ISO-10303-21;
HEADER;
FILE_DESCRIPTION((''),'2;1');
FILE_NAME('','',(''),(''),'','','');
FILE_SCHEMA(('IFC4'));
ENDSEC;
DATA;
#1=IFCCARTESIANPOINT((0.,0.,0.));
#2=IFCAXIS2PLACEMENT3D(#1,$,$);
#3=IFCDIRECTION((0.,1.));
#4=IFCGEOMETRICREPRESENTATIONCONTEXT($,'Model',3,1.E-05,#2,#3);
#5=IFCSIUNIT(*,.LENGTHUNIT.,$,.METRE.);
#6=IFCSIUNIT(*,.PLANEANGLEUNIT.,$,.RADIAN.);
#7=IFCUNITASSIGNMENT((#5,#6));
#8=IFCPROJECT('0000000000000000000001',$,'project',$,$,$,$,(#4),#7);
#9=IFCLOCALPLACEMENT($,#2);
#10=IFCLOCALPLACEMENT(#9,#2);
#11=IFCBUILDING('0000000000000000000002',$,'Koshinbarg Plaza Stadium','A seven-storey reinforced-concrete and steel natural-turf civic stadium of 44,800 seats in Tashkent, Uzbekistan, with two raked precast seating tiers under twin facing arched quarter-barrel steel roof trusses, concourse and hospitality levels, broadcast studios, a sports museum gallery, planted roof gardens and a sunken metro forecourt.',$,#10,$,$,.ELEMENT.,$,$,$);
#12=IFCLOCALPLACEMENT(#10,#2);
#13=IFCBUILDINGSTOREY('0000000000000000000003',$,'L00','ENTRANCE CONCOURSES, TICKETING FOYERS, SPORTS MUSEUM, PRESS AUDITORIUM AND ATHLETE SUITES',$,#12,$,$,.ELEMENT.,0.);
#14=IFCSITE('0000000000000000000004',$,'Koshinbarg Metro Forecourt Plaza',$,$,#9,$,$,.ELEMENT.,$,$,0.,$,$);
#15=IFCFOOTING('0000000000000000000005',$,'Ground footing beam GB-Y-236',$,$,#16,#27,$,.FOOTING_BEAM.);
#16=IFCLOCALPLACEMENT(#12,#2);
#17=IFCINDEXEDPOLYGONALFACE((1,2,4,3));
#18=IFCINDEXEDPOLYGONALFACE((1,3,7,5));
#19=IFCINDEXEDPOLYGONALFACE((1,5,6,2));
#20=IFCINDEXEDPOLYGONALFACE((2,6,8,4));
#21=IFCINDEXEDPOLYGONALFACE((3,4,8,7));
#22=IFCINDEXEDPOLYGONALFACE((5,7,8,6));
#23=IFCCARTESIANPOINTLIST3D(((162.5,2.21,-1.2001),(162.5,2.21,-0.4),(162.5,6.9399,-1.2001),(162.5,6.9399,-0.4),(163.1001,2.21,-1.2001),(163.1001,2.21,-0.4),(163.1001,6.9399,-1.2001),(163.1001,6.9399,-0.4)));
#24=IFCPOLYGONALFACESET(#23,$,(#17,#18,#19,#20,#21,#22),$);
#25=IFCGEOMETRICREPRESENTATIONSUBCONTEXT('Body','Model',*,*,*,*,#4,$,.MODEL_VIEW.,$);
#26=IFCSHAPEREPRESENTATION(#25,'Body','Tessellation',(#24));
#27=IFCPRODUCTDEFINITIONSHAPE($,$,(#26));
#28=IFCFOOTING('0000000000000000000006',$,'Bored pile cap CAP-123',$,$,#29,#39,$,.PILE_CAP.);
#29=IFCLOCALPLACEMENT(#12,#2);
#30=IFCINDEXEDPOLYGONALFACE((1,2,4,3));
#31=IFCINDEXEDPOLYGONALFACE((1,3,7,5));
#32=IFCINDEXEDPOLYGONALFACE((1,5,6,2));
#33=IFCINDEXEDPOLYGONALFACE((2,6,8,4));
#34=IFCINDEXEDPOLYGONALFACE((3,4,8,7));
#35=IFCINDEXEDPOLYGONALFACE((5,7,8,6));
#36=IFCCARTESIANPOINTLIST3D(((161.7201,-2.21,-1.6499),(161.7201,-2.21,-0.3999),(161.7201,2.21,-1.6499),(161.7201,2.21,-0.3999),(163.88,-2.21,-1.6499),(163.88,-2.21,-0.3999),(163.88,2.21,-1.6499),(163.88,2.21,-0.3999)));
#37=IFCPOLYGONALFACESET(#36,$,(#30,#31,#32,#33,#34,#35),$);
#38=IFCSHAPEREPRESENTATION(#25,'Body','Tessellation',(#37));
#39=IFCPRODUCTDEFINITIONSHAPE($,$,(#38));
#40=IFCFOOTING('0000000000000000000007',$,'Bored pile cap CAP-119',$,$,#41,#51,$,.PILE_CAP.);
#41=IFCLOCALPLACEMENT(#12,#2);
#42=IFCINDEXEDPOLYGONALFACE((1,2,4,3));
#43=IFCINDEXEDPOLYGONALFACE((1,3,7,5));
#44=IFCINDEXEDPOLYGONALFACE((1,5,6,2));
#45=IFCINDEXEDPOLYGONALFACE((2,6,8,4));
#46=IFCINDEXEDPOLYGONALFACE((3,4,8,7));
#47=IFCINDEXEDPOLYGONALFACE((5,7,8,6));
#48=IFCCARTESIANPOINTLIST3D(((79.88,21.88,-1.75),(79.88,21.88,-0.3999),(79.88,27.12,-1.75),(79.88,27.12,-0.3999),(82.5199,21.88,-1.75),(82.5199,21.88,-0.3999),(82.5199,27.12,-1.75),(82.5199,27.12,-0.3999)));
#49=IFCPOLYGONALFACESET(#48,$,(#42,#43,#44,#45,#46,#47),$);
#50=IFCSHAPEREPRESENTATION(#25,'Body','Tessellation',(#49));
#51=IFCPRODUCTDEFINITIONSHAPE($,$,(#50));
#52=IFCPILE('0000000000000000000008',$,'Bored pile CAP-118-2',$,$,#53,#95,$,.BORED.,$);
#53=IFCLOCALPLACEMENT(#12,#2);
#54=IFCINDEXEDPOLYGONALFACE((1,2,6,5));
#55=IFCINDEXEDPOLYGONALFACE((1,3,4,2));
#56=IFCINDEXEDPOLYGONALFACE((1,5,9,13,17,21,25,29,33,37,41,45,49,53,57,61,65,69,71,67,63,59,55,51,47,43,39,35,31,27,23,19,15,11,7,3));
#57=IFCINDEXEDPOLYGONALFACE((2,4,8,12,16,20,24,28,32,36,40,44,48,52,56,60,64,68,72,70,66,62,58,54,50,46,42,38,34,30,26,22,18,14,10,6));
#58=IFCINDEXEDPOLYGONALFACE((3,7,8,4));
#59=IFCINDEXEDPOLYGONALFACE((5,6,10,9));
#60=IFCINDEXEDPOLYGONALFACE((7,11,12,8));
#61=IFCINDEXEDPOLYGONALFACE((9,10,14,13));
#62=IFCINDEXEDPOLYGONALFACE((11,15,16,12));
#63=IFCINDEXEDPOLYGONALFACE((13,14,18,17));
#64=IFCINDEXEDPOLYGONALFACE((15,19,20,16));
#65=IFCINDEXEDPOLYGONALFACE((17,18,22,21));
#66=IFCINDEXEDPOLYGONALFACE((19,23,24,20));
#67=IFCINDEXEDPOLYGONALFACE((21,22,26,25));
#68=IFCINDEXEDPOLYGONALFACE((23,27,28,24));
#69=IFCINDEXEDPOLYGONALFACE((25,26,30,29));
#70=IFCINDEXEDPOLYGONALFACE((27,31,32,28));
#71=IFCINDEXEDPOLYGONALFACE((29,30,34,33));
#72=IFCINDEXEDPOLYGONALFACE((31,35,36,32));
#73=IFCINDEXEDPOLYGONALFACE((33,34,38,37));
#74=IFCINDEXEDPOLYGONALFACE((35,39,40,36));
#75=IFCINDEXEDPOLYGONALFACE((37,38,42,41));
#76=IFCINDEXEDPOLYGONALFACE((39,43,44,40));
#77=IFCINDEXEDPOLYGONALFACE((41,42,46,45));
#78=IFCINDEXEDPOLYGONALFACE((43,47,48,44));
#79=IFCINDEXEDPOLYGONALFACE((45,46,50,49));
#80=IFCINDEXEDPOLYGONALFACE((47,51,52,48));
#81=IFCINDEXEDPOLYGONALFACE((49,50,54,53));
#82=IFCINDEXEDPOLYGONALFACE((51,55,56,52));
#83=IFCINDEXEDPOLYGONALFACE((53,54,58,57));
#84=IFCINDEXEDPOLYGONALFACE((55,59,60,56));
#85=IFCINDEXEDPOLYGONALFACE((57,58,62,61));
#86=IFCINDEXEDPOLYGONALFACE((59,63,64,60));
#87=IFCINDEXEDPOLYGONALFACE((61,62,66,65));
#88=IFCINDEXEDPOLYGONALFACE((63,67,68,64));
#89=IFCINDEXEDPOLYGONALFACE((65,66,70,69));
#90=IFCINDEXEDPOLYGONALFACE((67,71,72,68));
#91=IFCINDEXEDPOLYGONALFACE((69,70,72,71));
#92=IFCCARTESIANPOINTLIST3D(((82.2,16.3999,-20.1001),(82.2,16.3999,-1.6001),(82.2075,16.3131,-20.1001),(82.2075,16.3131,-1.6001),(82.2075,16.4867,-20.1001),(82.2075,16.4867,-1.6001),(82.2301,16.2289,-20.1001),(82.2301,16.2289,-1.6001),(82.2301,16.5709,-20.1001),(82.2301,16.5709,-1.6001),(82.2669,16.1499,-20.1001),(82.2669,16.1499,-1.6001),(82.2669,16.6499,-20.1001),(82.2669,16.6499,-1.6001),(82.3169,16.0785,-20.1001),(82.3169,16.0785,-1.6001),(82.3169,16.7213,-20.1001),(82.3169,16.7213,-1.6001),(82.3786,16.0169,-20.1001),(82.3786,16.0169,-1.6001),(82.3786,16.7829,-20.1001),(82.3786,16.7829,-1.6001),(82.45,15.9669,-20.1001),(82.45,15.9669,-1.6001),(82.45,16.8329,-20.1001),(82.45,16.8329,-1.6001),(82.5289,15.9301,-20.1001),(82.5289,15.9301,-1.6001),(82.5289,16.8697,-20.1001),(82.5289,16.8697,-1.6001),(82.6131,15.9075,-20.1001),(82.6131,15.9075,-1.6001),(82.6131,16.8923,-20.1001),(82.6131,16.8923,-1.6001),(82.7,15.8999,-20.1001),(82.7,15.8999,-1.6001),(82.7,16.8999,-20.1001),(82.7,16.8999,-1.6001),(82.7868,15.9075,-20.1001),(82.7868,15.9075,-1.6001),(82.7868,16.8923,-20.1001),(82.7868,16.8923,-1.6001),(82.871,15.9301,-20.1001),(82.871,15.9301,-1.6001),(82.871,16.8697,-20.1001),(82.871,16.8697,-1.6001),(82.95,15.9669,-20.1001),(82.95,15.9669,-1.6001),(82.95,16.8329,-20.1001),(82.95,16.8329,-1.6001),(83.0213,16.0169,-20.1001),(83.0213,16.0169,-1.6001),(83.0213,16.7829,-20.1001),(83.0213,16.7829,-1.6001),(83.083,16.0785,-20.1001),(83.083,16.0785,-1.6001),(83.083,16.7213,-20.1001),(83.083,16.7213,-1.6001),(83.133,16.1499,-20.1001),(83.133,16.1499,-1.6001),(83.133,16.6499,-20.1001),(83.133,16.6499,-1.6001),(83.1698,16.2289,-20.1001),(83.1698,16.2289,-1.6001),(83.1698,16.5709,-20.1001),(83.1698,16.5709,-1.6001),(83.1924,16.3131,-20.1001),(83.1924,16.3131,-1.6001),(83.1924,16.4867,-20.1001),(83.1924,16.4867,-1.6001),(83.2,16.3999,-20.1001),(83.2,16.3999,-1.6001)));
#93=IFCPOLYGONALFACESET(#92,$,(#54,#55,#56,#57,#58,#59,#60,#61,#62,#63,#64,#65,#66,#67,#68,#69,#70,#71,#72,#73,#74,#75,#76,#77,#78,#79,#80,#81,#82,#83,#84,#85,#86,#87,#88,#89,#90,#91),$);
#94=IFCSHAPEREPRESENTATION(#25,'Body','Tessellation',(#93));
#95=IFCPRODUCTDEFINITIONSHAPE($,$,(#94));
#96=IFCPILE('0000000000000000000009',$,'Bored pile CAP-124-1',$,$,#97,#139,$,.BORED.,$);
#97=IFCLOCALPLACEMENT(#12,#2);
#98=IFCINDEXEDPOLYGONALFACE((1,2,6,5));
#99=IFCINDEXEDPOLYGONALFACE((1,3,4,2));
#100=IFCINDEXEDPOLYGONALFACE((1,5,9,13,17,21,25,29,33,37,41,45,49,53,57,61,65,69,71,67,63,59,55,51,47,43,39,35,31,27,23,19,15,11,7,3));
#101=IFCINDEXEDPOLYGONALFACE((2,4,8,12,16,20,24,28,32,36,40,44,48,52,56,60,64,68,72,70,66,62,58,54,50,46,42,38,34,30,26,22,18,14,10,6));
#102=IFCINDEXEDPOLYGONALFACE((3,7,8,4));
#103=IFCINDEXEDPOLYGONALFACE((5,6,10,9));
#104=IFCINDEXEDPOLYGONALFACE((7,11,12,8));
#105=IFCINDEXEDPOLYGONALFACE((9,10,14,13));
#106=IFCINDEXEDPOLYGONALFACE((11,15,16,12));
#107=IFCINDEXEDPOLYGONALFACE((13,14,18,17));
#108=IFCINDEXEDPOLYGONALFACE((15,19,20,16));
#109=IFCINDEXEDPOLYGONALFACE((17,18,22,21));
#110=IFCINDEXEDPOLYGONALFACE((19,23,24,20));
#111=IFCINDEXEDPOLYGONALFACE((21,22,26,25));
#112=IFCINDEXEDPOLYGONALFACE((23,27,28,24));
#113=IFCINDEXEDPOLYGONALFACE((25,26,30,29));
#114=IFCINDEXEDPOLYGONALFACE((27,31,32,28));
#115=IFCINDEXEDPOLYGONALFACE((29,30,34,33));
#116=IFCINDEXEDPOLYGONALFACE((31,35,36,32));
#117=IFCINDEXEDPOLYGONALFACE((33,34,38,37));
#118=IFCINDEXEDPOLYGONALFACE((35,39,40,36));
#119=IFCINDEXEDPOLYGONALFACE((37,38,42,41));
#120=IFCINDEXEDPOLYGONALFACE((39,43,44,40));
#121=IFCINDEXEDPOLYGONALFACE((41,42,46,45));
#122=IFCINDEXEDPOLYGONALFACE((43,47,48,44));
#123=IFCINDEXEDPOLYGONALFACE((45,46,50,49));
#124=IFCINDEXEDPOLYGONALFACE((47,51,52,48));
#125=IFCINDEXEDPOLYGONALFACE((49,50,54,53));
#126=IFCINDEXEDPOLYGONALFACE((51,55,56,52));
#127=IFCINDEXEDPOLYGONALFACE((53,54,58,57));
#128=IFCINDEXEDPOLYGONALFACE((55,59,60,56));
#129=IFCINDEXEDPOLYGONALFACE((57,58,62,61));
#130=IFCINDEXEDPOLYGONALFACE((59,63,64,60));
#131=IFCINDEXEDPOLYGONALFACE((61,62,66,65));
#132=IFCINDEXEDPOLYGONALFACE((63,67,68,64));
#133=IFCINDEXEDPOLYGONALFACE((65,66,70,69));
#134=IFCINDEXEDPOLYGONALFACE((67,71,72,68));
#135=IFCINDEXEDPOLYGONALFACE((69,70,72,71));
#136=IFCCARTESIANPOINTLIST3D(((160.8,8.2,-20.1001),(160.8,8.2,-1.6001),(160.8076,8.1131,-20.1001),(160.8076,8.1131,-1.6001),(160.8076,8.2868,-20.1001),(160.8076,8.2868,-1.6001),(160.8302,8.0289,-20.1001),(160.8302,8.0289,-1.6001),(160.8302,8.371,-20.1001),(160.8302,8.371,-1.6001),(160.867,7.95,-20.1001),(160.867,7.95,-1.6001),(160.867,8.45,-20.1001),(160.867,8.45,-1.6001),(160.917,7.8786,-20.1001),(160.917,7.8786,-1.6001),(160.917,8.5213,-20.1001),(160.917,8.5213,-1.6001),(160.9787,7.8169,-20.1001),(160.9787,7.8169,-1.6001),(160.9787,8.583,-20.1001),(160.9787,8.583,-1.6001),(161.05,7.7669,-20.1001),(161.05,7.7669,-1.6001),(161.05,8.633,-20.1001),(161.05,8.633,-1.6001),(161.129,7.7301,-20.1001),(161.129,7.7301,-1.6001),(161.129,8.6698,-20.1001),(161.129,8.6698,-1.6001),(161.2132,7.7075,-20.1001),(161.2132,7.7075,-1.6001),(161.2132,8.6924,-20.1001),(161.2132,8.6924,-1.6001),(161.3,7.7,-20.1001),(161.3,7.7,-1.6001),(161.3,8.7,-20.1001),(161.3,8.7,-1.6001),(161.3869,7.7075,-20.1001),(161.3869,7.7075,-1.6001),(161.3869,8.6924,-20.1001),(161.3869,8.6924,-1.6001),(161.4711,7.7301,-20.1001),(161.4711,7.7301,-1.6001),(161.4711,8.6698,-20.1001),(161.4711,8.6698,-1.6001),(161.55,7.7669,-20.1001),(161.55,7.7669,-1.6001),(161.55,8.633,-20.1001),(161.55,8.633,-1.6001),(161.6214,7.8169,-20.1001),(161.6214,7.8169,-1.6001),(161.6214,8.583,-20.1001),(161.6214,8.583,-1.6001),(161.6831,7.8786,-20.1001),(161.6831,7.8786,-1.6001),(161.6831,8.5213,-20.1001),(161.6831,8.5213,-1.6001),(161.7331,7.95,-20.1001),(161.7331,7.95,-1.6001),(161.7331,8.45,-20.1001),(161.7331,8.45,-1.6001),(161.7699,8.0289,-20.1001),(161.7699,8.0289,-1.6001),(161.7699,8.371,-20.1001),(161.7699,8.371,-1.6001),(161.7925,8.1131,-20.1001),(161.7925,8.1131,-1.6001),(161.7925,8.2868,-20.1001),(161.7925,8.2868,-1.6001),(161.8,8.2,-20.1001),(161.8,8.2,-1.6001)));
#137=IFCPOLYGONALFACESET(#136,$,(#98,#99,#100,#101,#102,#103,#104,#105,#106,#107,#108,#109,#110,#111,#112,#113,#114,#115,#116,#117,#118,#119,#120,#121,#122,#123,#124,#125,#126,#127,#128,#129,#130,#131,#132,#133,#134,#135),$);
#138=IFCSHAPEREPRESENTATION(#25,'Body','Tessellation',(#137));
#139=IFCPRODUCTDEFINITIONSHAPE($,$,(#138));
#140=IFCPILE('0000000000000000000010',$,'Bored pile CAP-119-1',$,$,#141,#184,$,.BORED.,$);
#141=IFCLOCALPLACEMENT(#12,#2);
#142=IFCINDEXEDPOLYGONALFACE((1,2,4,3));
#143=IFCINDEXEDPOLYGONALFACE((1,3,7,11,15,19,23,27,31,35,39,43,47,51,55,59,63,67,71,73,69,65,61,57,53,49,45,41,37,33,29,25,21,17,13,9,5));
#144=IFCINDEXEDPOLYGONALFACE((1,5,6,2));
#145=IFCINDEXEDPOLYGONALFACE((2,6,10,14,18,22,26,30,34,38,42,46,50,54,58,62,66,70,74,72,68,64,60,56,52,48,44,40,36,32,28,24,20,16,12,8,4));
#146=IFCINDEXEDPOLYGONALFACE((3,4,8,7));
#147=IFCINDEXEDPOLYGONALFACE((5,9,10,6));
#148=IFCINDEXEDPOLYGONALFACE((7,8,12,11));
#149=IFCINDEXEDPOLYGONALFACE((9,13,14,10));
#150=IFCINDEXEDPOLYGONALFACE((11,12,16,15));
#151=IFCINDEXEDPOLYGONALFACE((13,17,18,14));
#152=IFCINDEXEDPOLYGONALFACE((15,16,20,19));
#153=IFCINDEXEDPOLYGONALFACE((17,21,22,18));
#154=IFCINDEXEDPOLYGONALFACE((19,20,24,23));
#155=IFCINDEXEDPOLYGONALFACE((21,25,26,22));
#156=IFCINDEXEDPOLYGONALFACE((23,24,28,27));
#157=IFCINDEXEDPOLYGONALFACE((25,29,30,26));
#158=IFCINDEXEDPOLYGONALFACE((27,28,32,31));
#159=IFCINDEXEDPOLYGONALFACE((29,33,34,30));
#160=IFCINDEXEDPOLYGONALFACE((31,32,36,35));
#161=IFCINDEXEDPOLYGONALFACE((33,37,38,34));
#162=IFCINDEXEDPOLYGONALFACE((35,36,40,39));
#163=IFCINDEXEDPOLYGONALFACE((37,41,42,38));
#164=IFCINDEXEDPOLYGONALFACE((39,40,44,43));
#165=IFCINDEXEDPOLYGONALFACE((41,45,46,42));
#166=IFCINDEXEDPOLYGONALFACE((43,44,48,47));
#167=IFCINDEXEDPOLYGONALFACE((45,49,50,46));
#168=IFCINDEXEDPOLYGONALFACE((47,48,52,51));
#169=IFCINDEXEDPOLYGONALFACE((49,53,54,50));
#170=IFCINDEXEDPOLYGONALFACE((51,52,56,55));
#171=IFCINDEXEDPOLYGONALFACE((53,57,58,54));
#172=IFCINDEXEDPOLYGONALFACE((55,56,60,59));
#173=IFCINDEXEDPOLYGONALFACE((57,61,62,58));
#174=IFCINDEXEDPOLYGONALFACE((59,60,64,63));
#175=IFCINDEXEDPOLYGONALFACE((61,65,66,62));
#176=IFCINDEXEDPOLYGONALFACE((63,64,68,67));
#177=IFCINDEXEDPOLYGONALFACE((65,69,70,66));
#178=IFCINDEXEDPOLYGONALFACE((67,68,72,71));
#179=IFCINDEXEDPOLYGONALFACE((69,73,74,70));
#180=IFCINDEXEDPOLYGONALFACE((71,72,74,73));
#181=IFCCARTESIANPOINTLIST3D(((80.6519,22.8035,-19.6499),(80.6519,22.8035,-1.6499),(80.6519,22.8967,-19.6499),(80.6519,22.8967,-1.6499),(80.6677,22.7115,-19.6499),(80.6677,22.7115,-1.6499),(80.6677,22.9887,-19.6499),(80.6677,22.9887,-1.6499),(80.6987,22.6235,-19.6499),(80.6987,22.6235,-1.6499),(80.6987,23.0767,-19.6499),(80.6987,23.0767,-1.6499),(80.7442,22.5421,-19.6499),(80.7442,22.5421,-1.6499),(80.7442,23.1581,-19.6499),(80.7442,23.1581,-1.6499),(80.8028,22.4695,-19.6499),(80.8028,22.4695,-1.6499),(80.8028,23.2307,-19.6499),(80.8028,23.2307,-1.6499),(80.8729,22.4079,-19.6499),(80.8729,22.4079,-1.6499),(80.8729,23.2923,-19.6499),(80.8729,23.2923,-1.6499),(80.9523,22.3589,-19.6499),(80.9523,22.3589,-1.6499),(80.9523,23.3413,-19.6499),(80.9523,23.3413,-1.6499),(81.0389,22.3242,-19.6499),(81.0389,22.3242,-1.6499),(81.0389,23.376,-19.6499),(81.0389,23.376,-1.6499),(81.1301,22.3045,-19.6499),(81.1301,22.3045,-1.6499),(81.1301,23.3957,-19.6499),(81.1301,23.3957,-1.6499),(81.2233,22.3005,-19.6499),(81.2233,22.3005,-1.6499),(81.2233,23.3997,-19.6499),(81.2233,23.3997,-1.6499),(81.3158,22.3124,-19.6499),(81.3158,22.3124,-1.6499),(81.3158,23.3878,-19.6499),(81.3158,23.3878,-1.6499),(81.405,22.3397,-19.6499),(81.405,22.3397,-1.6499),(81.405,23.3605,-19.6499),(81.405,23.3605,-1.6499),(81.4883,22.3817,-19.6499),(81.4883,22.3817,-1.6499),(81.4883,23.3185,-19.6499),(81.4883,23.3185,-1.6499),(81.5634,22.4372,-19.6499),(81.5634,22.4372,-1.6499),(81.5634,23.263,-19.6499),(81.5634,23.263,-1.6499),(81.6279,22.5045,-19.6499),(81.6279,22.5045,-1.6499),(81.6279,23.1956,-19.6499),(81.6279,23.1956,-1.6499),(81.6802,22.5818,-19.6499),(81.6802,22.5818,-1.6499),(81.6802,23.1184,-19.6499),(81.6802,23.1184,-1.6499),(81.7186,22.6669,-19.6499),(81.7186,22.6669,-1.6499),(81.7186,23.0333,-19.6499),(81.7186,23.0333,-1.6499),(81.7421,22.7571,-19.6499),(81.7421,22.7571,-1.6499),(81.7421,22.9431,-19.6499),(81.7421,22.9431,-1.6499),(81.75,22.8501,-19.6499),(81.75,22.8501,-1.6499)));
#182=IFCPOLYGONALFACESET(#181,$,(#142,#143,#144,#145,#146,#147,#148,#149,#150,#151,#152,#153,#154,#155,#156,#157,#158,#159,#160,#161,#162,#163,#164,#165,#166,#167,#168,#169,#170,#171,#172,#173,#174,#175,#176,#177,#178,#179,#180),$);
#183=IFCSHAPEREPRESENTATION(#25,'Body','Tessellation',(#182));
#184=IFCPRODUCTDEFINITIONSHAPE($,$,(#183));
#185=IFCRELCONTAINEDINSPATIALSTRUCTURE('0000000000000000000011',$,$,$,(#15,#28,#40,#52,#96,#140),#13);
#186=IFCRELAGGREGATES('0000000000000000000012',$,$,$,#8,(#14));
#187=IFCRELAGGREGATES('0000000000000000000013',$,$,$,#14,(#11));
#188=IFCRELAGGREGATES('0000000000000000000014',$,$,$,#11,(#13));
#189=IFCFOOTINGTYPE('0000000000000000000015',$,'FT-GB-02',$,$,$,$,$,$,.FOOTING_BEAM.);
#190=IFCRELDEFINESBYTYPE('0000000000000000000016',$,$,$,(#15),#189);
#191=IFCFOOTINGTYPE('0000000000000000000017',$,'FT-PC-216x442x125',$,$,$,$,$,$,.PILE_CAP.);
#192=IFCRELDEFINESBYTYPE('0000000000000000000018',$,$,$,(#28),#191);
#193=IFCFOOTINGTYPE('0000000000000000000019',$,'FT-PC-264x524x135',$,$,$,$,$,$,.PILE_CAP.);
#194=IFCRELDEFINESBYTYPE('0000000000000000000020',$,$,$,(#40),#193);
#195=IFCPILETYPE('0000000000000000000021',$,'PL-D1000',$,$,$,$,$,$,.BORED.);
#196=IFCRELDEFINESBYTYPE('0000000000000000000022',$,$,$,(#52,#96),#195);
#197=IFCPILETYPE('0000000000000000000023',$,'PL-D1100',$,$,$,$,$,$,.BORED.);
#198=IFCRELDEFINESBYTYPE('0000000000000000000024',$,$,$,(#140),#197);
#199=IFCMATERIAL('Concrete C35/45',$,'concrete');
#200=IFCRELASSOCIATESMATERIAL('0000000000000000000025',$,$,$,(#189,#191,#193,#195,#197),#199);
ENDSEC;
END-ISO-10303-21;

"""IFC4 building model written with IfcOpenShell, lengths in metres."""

from ifc_helpers import new_model, si_unit, direction, frame, origin, origin_2d, place, context, subcontext, project, spatial, rectangle, circle, extrude, material, material_profile, profile_set, type_object, element, save


model = new_model("IFC4")

# Units and contexts
model_context = context("Model", 3, precision=1e-05, world=origin(), true_north=direction((0.0, 1.0)))
body_context = subcontext(model_context, "Body", "Model", "MODEL_VIEW")
ifc_project = project(units=[si_unit("LENGTHUNIT", "METRE"), si_unit("PLANEANGLEUNIT", "RADIAN")], contexts=[model_context])

# Site, building, storey
site_placement = place(None, origin())
site = spatial("IfcSite", under=ifc_project, at=site_placement, Name="Koshinbarg Metro Forecourt Plaza", CompositionType="ELEMENT", RefElevation=0.0)
building_placement = place(site_placement, origin())
building = spatial("IfcBuilding", under=site, at=building_placement, Name="Koshinbarg Plaza Stadium", Description="A seven-storey reinforced-concrete and steel natural-turf civic stadium of 44,800 seats in Tashkent, Uzbekistan, with two raked precast seating tiers under twin facing arched quarter-barrel steel roof trusses, concourse and hospitality levels, broadcast studios, a sports museum gallery, planted roof gardens and a sunken metro forecourt.", CompositionType="ELEMENT")
storey_placement = place(building_placement, origin())
storey = spatial("IfcBuildingStorey", under=building, at=storey_placement, Name="L00", Description="ENTRANCE CONCOURSES, TICKETING FOYERS, SPORTS MUSEUM, PRESS AUDITORIUM AND ATHLETE SUITES", CompositionType="ELEMENT", Elevation=0.0)

# Footings
ifc_material_1 = material(Name="Concrete C35/45", Category="concrete")
ifc_material_profile_1 = material_profile(ifc_material_1, rectangle(XDim=0.6001, YDim=0.8, at=origin_2d()), Name="GB 600x800")
ifc_profile_set_1 = profile_set([ifc_material_profile_1], Name="Concrete C35/45")
footing_type_1 = type_object("IfcFootingType", Name="FT-GB-02", PredefinedType="FOOTING_BEAM", material=ifc_profile_set_1)
footing_1_placement = place(storey_placement, frame((162.8, 2.21, -0.8), z_axis=(0.0, 1.0, 0.0), x_axis=(-1.0, 0.0, 0.0)))
element("IfcFooting", 1, at=footing_1_placement, inside=storey, type_object=footing_type_1, Name="Ground footing beam GB-Y-236", PredefinedType="FOOTING_BEAM", context=body_context, shape_type="SweptSolid", body=[
    extrude(rectangle(XDim=0.6001, YDim=0.8, at=origin_2d()), origin(), (0.0, 0.0, 1.0), 4.73),
])
footing_type_2 = type_object("IfcFootingType", Name="FT-PC-216x442x125", PredefinedType="PILE_CAP", material=ifc_material_1)
footing_2_placement = place(storey_placement, frame((162.8, 0.0, -1.6499), z_axis=(0.0, 0.0, 1.0), x_axis=(1.0, 0.0, 0.0)))
element("IfcFooting", 2, at=footing_2_placement, inside=storey, type_object=footing_type_2, Name="Bored pile cap CAP-123", PredefinedType="PILE_CAP", context=body_context, shape_type="SweptSolid", body=[
    extrude(rectangle(XDim=2.1599, YDim=4.4199, at=origin_2d()), origin(), (0.0, 0.0, 1.0), 1.25),
])
footing_type_3 = type_object("IfcFootingType", Name="FT-PC-264x524x135", PredefinedType="PILE_CAP", material=ifc_material_1)
footing_3_placement = place(storey_placement, frame((81.2, 24.5, -1.75), z_axis=(0.0, 0.0, 1.0), x_axis=(1.0, 0.0, 0.0)))
element("IfcFooting", 3, at=footing_3_placement, inside=storey, type_object=footing_type_3, Name="Bored pile cap CAP-119", PredefinedType="PILE_CAP", context=body_context, shape_type="SweptSolid", body=[
    extrude(rectangle(XDim=2.6399, YDim=5.24, at=origin_2d()), origin(), (0.0, 0.0, 1.0), 1.3501),
])

# Piles
ifc_material_profile_2 = material_profile(ifc_material_1, circle(Radius=0.5, at=origin_2d()), Name="PILE D1000")
ifc_profile_set_2 = profile_set([ifc_material_profile_2], Name="Concrete C35/45")
pile_type_1 = type_object("IfcPileType", Name="PL-D1000", PredefinedType="BORED", material=ifc_profile_set_2)
for number, where, z_axis, x_axis, name in (
    (4, (82.7, 16.3999, -1.6001), (0.0, 0.0, -1.0), (1.0, 0.0, 0.0), "Bored pile CAP-118-2"),
    (5, (161.3, 8.2, -1.6001), (0.0, 0.0, -1.0), (1.0, 0.0, 0.0), "Bored pile CAP-124-1"),
):
    element("IfcPile", number, at=place(storey_placement, frame(where, z_axis=z_axis, x_axis=x_axis)), inside=storey, type_object=pile_type_1, Name=name, PredefinedType="BORED", context=body_context, shape_type="SweptSolid", body=[
        extrude(circle(Radius=0.5, at=origin_2d()), origin(), (0.0, 0.0, 1.0), 18.5),
    ])
ifc_material_profile_3 = material_profile(ifc_material_1, circle(Radius=0.55, at=origin_2d()), Name="PILE D1100")
ifc_profile_set_3 = profile_set([ifc_material_profile_3], Name="Concrete C35/45")
pile_type_2 = type_object("IfcPileType", Name="PL-D1100", PredefinedType="BORED", material=ifc_profile_set_3)
for number, where, z_axis, x_axis, name in (
    (6, (81.2, 22.8501, -1.6499), (0.0, 0.0, -1.0), (1.0, 0.0, 0.0), "Bored pile CAP-119-1"),
):
    element("IfcPile", number, at=place(storey_placement, frame(where, z_axis=z_axis, x_axis=x_axis)), inside=storey, type_object=pile_type_2, Name=name, PredefinedType="BORED", context=body_context, shape_type="SweptSolid", body=[
        extrude(circle(Radius=0.55, at=origin_2d()), origin(), (0.0, 0.0, 1.0), 18.0),
    ])

save(model, "model.ifc")
